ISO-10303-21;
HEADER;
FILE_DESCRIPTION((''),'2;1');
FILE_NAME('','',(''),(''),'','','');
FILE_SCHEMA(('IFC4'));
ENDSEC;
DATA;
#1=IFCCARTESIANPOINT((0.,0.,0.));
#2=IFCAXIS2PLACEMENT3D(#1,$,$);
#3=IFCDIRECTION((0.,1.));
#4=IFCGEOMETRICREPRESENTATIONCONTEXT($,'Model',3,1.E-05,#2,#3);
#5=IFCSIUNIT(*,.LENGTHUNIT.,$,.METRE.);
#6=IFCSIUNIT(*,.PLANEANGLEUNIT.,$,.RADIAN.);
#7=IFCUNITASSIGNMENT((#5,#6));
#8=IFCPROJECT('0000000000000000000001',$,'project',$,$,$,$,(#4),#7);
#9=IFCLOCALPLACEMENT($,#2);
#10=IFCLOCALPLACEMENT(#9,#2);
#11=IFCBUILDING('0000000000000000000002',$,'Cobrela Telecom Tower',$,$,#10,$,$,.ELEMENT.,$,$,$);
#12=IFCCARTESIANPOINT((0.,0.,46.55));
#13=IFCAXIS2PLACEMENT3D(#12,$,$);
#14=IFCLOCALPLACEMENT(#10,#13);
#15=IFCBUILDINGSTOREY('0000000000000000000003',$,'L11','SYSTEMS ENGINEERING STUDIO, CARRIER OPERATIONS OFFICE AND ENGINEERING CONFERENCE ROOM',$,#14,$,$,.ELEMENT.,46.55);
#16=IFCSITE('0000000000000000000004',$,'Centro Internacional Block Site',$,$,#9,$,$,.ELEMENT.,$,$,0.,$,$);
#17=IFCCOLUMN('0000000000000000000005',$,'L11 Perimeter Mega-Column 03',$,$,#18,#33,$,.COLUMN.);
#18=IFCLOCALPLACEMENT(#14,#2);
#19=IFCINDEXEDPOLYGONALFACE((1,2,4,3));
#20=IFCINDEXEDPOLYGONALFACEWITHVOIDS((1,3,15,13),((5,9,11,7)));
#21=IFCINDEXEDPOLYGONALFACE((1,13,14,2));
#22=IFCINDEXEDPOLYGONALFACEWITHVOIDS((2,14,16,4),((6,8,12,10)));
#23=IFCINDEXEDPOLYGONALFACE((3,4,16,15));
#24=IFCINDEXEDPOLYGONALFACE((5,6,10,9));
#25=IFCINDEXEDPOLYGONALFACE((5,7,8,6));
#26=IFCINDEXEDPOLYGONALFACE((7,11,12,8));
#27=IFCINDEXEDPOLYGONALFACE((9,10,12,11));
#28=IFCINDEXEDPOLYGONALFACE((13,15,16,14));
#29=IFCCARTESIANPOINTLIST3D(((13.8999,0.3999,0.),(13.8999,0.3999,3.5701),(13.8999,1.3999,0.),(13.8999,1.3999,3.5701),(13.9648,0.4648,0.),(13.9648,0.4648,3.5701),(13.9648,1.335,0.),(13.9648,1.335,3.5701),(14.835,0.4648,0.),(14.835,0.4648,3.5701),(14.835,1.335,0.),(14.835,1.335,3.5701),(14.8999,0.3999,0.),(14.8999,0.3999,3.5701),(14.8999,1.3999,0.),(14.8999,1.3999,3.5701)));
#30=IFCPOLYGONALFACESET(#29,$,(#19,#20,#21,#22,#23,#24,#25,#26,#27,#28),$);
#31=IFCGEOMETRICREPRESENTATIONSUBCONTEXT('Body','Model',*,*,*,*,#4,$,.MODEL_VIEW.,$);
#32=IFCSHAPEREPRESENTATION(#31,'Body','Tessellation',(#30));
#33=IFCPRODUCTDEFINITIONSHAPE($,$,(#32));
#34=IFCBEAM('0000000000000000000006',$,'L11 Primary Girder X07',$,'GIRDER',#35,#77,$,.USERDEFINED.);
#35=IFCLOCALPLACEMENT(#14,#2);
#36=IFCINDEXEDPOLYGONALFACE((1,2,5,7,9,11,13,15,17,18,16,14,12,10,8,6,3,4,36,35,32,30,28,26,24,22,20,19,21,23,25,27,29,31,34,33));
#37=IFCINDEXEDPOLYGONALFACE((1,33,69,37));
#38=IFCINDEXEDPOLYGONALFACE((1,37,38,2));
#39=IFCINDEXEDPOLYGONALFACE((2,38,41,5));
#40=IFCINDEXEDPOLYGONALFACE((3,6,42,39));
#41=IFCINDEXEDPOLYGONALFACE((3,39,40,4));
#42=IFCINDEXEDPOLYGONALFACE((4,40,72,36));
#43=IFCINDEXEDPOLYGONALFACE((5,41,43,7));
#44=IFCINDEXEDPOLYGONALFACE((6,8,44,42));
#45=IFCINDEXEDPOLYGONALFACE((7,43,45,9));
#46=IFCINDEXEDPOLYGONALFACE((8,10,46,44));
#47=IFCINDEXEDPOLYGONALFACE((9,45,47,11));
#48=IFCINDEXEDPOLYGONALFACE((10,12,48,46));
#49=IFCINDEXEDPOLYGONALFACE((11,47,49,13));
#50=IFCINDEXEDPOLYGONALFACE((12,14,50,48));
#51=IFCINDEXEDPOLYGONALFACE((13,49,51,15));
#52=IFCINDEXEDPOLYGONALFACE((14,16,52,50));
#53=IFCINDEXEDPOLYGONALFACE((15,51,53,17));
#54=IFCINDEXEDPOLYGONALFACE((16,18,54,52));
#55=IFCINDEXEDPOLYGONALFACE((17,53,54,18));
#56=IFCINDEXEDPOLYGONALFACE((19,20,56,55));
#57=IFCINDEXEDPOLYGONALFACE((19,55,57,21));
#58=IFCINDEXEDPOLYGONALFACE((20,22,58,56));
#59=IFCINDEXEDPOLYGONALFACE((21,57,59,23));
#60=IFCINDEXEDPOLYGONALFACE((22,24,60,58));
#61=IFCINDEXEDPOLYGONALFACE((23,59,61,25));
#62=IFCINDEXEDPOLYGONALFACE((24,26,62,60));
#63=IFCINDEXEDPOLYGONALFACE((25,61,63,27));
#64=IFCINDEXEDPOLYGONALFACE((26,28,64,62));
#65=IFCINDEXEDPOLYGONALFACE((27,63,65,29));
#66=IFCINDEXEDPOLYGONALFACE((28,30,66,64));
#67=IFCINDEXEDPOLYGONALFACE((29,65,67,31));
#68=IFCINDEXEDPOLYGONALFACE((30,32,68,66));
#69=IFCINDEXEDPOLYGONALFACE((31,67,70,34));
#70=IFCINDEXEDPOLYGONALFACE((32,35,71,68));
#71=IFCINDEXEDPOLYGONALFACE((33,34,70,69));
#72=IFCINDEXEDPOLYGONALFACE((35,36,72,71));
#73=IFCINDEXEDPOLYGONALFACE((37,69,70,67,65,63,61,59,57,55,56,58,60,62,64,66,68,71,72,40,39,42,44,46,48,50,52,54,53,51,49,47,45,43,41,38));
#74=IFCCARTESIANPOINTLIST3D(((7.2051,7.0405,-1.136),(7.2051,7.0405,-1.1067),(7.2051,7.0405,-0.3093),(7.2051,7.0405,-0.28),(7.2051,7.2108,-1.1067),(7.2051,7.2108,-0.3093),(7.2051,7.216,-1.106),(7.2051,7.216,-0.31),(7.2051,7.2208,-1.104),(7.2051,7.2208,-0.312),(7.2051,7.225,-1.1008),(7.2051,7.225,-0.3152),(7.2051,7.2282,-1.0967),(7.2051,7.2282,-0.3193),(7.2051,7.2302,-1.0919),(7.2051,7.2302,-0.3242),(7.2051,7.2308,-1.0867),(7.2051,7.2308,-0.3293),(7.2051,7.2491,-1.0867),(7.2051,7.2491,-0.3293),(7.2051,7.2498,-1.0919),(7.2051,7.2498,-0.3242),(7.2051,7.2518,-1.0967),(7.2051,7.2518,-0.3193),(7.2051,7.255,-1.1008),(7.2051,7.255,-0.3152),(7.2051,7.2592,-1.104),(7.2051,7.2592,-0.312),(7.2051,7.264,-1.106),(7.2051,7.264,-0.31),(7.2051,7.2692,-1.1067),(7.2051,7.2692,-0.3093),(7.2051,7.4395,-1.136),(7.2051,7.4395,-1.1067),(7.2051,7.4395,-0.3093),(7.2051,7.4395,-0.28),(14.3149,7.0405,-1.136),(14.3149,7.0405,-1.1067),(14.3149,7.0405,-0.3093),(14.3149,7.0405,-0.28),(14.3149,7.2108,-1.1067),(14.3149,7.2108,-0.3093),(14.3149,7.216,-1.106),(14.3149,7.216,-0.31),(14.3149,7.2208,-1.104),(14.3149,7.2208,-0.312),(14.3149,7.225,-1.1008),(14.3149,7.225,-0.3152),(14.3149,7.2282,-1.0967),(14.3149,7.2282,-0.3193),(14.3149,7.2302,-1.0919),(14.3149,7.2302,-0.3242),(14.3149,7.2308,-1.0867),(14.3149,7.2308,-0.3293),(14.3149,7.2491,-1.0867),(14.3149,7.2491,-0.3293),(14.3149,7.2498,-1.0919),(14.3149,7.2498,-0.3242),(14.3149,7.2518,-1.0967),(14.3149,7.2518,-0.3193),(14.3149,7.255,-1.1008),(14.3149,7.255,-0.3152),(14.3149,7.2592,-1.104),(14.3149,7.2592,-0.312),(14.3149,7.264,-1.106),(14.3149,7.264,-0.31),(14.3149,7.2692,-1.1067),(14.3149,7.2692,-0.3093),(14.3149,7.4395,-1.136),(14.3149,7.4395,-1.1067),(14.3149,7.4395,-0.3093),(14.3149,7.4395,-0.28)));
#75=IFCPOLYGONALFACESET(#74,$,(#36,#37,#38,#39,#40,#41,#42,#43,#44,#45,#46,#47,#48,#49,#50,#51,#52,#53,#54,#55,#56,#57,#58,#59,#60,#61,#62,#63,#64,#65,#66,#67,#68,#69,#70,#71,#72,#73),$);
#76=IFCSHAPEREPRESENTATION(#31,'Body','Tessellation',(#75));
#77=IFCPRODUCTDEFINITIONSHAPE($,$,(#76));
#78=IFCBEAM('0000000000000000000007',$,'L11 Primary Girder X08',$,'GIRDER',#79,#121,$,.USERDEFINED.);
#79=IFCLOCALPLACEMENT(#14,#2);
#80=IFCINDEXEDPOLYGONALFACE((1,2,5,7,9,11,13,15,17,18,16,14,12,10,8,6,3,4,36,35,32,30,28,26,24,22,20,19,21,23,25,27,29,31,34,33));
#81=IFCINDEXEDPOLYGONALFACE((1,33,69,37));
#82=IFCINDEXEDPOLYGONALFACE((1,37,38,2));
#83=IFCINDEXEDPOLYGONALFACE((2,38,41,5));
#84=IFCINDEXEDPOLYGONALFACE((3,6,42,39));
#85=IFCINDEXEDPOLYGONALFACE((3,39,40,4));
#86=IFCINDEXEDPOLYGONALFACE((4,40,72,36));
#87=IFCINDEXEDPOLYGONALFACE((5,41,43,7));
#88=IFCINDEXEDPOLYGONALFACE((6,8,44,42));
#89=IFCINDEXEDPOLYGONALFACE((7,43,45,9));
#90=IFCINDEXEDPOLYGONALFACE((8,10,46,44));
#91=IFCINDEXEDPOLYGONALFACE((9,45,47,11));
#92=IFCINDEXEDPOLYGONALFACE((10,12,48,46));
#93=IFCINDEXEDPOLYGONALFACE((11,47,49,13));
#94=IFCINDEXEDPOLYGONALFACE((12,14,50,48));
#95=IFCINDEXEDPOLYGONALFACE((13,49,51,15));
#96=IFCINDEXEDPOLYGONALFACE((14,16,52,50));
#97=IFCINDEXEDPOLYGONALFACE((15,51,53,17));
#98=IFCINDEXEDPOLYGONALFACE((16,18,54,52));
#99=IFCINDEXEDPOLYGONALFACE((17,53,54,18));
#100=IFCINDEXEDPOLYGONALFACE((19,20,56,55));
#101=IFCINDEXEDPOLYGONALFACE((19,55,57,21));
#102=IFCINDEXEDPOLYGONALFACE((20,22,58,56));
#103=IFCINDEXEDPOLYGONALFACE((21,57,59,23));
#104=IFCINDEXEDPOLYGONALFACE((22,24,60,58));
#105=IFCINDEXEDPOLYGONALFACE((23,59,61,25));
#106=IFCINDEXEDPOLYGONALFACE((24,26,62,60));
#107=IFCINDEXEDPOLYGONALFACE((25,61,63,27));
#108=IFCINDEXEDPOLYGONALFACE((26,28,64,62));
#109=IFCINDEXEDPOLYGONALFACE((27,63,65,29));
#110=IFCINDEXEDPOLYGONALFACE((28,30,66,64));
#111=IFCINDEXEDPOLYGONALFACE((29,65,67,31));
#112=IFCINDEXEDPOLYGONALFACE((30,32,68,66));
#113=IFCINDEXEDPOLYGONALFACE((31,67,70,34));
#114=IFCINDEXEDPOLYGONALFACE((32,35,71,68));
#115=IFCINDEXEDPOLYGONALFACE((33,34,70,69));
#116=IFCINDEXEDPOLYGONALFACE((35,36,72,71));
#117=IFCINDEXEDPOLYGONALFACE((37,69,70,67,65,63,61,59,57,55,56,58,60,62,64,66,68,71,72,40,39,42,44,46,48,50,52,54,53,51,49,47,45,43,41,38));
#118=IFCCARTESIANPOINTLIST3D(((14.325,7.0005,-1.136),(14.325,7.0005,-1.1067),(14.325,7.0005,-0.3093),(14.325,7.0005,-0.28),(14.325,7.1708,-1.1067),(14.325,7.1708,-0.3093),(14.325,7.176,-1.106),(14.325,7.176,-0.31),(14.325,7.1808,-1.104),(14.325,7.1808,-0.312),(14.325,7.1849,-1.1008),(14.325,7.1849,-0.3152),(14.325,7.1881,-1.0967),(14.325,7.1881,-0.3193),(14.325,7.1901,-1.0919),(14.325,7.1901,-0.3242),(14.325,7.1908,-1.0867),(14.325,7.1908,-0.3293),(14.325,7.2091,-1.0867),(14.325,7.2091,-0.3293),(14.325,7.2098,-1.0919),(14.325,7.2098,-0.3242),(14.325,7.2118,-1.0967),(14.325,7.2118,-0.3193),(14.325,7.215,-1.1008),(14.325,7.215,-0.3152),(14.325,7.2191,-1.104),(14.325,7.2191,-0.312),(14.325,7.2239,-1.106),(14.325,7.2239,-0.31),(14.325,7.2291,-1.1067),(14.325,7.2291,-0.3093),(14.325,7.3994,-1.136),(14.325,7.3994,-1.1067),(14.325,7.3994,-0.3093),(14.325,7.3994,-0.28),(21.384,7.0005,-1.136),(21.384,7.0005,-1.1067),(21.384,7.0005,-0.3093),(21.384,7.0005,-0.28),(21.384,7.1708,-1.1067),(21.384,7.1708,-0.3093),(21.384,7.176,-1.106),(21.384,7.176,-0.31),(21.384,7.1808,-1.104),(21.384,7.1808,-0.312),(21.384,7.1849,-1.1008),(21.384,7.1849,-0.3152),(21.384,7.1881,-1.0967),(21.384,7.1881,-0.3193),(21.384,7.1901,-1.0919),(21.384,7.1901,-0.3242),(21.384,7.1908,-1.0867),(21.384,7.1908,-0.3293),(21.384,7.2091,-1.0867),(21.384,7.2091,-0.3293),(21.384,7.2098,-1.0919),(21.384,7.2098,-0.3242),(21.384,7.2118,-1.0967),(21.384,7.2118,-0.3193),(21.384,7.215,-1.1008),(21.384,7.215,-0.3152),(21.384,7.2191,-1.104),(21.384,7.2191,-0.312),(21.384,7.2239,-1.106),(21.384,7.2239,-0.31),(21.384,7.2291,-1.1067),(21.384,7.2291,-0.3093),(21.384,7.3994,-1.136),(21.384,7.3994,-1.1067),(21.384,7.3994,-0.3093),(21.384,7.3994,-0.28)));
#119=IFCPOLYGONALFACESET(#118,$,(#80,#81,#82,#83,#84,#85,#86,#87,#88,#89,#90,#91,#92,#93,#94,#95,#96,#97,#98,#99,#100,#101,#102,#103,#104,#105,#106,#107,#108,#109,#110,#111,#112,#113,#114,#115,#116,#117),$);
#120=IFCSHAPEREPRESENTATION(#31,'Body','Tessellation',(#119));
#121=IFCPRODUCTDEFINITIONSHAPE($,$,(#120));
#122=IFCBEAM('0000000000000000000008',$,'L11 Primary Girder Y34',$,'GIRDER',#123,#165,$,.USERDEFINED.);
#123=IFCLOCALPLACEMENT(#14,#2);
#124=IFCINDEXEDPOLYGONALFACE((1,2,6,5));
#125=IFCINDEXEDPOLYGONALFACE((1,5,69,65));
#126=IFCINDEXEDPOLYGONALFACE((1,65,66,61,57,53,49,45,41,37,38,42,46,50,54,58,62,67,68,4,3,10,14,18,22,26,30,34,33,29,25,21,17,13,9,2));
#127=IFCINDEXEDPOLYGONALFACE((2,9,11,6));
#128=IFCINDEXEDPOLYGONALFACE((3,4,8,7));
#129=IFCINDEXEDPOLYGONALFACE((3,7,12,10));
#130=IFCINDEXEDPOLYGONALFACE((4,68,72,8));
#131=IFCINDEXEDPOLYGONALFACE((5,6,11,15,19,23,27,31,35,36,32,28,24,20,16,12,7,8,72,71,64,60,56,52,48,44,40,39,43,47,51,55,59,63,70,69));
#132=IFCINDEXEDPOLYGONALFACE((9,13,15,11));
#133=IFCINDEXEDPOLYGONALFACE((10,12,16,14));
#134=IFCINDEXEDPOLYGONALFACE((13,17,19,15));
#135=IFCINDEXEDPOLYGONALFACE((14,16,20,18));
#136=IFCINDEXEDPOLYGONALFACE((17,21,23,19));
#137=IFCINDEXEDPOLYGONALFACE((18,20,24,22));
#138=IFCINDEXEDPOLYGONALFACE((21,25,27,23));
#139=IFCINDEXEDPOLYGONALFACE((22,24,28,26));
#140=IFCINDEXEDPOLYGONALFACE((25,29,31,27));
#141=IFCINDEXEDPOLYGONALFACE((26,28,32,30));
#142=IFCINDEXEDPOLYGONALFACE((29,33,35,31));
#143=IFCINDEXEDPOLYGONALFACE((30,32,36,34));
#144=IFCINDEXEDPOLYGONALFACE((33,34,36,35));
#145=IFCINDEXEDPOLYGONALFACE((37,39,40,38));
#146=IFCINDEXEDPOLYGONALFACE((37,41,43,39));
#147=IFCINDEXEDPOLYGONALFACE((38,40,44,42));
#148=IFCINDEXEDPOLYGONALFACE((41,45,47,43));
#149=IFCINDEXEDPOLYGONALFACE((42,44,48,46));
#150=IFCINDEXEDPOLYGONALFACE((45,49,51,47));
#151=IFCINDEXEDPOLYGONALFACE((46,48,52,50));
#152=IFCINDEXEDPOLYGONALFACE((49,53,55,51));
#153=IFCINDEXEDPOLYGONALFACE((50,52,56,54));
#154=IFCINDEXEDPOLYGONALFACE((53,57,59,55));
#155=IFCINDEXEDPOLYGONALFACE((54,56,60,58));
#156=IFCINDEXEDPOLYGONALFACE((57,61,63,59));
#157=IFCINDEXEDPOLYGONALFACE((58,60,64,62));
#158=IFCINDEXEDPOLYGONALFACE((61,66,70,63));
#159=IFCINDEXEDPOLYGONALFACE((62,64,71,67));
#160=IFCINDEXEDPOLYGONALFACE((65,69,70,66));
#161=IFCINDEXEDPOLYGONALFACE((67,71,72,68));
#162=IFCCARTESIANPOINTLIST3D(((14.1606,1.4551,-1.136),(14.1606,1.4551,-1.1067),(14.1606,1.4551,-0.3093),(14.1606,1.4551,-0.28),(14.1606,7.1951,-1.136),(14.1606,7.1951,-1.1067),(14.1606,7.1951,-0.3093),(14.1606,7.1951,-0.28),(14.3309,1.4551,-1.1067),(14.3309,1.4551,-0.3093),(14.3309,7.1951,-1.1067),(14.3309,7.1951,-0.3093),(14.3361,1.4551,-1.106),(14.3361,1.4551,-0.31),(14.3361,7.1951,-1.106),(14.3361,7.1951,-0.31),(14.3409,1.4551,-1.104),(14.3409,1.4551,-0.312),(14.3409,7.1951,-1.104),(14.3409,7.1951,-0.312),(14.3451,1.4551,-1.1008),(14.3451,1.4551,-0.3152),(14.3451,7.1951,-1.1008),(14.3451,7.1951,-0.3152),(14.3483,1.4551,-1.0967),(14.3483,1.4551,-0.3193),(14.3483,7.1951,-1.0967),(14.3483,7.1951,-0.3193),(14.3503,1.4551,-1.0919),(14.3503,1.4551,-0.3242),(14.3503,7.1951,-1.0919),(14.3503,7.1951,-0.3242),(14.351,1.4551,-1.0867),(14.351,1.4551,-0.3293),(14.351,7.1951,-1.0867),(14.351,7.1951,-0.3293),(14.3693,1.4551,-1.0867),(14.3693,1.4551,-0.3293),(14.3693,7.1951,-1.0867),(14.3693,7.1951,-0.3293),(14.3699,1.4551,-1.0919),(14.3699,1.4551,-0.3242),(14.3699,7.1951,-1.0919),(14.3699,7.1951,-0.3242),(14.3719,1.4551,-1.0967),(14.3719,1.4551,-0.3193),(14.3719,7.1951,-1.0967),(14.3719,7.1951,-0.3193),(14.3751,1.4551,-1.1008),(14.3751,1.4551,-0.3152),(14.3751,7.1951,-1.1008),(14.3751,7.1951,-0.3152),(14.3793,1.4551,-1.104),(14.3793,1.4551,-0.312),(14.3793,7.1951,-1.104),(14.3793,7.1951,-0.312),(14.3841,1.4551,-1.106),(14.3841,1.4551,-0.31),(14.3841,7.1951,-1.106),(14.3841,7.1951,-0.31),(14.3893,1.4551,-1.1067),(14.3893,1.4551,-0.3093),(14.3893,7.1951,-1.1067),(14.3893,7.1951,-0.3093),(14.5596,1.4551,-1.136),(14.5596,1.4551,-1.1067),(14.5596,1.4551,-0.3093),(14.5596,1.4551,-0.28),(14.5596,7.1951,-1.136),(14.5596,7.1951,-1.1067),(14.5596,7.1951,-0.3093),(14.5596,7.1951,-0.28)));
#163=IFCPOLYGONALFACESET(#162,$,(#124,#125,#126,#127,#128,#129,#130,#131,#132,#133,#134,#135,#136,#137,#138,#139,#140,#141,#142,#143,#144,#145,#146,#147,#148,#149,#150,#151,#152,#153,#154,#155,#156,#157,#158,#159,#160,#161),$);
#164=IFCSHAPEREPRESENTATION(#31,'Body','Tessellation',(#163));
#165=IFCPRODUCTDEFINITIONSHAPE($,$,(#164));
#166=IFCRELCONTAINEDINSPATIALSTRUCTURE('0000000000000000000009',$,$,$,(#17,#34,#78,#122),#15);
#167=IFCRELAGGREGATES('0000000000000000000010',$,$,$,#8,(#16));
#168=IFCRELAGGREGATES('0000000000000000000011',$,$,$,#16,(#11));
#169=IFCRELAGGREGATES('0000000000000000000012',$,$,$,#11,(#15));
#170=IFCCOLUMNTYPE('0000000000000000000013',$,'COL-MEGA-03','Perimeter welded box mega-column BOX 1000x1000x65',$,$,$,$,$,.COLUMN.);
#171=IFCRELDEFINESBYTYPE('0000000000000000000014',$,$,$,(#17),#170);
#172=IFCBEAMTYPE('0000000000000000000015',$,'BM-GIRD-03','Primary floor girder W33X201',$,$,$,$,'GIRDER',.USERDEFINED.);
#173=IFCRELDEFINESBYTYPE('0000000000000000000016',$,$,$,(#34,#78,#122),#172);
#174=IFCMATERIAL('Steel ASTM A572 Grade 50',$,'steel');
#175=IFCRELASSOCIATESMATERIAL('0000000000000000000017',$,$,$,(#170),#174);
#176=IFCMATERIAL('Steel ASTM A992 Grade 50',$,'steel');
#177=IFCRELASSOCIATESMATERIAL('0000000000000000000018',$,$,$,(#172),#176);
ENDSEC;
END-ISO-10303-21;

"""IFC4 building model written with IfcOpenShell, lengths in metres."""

from ifc_helpers import new_model, si_unit, direction, frame, origin, origin_2d, place, context, subcontext, project, spatial, hollow_rectangle, i_section, extrude, material, material_profile, profile_set, type_object, element, save


model = new_model("IFC4")

# Units and contexts
model_context = context("Model", 3, precision=1e-05, world=origin(), true_north=direction((0.0, 1.0)))
body_context = subcontext(model_context, "Body", "Model", "MODEL_VIEW")
ifc_project = project(units=[si_unit("LENGTHUNIT", "METRE"), si_unit("PLANEANGLEUNIT", "RADIAN")], contexts=[model_context])

# Site, building, storey
site_placement = place(None, origin())
site = spatial("IfcSite", under=ifc_project, at=site_placement, Name="Centro Internacional Block Site", CompositionType="ELEMENT", RefElevation=0.0)
building_placement = place(site_placement, origin())
building = spatial("IfcBuilding", under=site, at=building_placement, Name="Cobrela Telecom Tower", CompositionType="ELEMENT")
storey_placement = place(building_placement, frame((0.0, 0.0, 46.55)))
storey = spatial("IfcBuildingStorey", under=building, at=storey_placement, Name="L11", Description="SYSTEMS ENGINEERING STUDIO, CARRIER OPERATIONS OFFICE AND ENGINEERING CONFERENCE ROOM", CompositionType="ELEMENT", Elevation=46.55)

# Column
ifc_material_1 = material(Name="Steel ASTM A572 Grade 50", Category="steel")
ifc_material_profile_1 = material_profile(ifc_material_1, hollow_rectangle(XDim=1.0, YDim=1.0, WallThickness=0.0649, at=origin_2d()), Name="BOX 1000x1000x65")
ifc_profile_set_1 = profile_set([ifc_material_profile_1], Name="Steel ASTM A572 Grade 50")
column_type = type_object("IfcColumnType", Name="COL-MEGA-03", Description="Perimeter welded box mega-column BOX 1000x1000x65", PredefinedType="COLUMN", material=ifc_profile_set_1)
column_placement = place(storey_placement, frame((14.3999, 0.8999, 0.0), z_axis=(0.0, 0.0, 1.0), x_axis=(1.0, 0.0, 0.0)))
element("IfcColumn", 1, at=column_placement, inside=storey, type_object=column_type, Name="L11 Perimeter Mega-Column 03", PredefinedType="COLUMN", context=body_context, shape_type="SweptSolid", body=[
    extrude(hollow_rectangle(XDim=1.0, YDim=1.0, WallThickness=0.0649, at=origin_2d()), origin(), (0.0, 0.0, 1.0), 3.5701),
])

# Beams
ifc_material_2 = material(Name="Steel ASTM A992 Grade 50", Category="steel")
ifc_material_profile_2 = material_profile(ifc_material_2, i_section(OverallWidth=0.3989, OverallDepth=0.856, WebThickness=0.0183, FlangeThickness=0.0293, FilletRadius=0.02, at=origin_2d()), Name="W33X201")
ifc_profile_set_2 = profile_set([ifc_material_profile_2], Name="Steel ASTM A992 Grade 50")
beam_type_1 = type_object("IfcBeamType", Name="BM-GIRD-03", Description="Primary floor girder W33X201", ElementType="GIRDER", PredefinedType="USERDEFINED", material=ifc_profile_set_2)
beam_1_placement = place(storey_placement, frame((7.2051, 7.24, -0.708), z_axis=(1.0, 0.0, 0.0), x_axis=(0.0, 1.0, 0.0)))
element("IfcBeam", 2, at=beam_1_placement, inside=storey, type_object=beam_type_1, Name="L11 Primary Girder X07", ObjectType="GIRDER", PredefinedType="USERDEFINED", context=body_context, shape_type="SweptSolid", body=[
    extrude(i_section(OverallWidth=0.3989, OverallDepth=0.856, WebThickness=0.0183, FlangeThickness=0.0293, FilletRadius=0.02, at=origin_2d()), origin(), (0.0, 0.0, 1.0), 7.1099),
])
beam_2_placement = place(storey_placement, frame((14.325, 7.2, -0.708), z_axis=(1.0, 0.0, 0.0), x_axis=(0.0, 1.0, 0.0)))
element("IfcBeam", 3, at=beam_2_placement, inside=storey, type_object=beam_type_1, Name="L11 Primary Girder X08", ObjectType="GIRDER", PredefinedType="USERDEFINED", context=body_context, shape_type="SweptSolid", body=[
    extrude(i_section(OverallWidth=0.3989, OverallDepth=0.856, WebThickness=0.0183, FlangeThickness=0.0293, FilletRadius=0.02, at=origin_2d()), origin(), (0.0, 0.0, 1.0), 7.0591),
])
beam_3_placement = place(storey_placement, frame((14.3601, 1.4551, -0.708), z_axis=(0.0, 1.0, 0.0), x_axis=(-1.0, 0.0, 0.0)))
element("IfcBeam", 4, at=beam_3_placement, inside=storey, type_object=beam_type_1, Name="L11 Primary Girder Y34", ObjectType="GIRDER", PredefinedType="USERDEFINED", context=body_context, shape_type="SweptSolid", body=[
    extrude(i_section(OverallWidth=0.3989, OverallDepth=0.856, WebThickness=0.0183, FlangeThickness=0.0293, FilletRadius=0.02, at=origin_2d()), origin(), (0.0, 0.0, 1.0), 5.74),
])

save(model, "model.ifc")
